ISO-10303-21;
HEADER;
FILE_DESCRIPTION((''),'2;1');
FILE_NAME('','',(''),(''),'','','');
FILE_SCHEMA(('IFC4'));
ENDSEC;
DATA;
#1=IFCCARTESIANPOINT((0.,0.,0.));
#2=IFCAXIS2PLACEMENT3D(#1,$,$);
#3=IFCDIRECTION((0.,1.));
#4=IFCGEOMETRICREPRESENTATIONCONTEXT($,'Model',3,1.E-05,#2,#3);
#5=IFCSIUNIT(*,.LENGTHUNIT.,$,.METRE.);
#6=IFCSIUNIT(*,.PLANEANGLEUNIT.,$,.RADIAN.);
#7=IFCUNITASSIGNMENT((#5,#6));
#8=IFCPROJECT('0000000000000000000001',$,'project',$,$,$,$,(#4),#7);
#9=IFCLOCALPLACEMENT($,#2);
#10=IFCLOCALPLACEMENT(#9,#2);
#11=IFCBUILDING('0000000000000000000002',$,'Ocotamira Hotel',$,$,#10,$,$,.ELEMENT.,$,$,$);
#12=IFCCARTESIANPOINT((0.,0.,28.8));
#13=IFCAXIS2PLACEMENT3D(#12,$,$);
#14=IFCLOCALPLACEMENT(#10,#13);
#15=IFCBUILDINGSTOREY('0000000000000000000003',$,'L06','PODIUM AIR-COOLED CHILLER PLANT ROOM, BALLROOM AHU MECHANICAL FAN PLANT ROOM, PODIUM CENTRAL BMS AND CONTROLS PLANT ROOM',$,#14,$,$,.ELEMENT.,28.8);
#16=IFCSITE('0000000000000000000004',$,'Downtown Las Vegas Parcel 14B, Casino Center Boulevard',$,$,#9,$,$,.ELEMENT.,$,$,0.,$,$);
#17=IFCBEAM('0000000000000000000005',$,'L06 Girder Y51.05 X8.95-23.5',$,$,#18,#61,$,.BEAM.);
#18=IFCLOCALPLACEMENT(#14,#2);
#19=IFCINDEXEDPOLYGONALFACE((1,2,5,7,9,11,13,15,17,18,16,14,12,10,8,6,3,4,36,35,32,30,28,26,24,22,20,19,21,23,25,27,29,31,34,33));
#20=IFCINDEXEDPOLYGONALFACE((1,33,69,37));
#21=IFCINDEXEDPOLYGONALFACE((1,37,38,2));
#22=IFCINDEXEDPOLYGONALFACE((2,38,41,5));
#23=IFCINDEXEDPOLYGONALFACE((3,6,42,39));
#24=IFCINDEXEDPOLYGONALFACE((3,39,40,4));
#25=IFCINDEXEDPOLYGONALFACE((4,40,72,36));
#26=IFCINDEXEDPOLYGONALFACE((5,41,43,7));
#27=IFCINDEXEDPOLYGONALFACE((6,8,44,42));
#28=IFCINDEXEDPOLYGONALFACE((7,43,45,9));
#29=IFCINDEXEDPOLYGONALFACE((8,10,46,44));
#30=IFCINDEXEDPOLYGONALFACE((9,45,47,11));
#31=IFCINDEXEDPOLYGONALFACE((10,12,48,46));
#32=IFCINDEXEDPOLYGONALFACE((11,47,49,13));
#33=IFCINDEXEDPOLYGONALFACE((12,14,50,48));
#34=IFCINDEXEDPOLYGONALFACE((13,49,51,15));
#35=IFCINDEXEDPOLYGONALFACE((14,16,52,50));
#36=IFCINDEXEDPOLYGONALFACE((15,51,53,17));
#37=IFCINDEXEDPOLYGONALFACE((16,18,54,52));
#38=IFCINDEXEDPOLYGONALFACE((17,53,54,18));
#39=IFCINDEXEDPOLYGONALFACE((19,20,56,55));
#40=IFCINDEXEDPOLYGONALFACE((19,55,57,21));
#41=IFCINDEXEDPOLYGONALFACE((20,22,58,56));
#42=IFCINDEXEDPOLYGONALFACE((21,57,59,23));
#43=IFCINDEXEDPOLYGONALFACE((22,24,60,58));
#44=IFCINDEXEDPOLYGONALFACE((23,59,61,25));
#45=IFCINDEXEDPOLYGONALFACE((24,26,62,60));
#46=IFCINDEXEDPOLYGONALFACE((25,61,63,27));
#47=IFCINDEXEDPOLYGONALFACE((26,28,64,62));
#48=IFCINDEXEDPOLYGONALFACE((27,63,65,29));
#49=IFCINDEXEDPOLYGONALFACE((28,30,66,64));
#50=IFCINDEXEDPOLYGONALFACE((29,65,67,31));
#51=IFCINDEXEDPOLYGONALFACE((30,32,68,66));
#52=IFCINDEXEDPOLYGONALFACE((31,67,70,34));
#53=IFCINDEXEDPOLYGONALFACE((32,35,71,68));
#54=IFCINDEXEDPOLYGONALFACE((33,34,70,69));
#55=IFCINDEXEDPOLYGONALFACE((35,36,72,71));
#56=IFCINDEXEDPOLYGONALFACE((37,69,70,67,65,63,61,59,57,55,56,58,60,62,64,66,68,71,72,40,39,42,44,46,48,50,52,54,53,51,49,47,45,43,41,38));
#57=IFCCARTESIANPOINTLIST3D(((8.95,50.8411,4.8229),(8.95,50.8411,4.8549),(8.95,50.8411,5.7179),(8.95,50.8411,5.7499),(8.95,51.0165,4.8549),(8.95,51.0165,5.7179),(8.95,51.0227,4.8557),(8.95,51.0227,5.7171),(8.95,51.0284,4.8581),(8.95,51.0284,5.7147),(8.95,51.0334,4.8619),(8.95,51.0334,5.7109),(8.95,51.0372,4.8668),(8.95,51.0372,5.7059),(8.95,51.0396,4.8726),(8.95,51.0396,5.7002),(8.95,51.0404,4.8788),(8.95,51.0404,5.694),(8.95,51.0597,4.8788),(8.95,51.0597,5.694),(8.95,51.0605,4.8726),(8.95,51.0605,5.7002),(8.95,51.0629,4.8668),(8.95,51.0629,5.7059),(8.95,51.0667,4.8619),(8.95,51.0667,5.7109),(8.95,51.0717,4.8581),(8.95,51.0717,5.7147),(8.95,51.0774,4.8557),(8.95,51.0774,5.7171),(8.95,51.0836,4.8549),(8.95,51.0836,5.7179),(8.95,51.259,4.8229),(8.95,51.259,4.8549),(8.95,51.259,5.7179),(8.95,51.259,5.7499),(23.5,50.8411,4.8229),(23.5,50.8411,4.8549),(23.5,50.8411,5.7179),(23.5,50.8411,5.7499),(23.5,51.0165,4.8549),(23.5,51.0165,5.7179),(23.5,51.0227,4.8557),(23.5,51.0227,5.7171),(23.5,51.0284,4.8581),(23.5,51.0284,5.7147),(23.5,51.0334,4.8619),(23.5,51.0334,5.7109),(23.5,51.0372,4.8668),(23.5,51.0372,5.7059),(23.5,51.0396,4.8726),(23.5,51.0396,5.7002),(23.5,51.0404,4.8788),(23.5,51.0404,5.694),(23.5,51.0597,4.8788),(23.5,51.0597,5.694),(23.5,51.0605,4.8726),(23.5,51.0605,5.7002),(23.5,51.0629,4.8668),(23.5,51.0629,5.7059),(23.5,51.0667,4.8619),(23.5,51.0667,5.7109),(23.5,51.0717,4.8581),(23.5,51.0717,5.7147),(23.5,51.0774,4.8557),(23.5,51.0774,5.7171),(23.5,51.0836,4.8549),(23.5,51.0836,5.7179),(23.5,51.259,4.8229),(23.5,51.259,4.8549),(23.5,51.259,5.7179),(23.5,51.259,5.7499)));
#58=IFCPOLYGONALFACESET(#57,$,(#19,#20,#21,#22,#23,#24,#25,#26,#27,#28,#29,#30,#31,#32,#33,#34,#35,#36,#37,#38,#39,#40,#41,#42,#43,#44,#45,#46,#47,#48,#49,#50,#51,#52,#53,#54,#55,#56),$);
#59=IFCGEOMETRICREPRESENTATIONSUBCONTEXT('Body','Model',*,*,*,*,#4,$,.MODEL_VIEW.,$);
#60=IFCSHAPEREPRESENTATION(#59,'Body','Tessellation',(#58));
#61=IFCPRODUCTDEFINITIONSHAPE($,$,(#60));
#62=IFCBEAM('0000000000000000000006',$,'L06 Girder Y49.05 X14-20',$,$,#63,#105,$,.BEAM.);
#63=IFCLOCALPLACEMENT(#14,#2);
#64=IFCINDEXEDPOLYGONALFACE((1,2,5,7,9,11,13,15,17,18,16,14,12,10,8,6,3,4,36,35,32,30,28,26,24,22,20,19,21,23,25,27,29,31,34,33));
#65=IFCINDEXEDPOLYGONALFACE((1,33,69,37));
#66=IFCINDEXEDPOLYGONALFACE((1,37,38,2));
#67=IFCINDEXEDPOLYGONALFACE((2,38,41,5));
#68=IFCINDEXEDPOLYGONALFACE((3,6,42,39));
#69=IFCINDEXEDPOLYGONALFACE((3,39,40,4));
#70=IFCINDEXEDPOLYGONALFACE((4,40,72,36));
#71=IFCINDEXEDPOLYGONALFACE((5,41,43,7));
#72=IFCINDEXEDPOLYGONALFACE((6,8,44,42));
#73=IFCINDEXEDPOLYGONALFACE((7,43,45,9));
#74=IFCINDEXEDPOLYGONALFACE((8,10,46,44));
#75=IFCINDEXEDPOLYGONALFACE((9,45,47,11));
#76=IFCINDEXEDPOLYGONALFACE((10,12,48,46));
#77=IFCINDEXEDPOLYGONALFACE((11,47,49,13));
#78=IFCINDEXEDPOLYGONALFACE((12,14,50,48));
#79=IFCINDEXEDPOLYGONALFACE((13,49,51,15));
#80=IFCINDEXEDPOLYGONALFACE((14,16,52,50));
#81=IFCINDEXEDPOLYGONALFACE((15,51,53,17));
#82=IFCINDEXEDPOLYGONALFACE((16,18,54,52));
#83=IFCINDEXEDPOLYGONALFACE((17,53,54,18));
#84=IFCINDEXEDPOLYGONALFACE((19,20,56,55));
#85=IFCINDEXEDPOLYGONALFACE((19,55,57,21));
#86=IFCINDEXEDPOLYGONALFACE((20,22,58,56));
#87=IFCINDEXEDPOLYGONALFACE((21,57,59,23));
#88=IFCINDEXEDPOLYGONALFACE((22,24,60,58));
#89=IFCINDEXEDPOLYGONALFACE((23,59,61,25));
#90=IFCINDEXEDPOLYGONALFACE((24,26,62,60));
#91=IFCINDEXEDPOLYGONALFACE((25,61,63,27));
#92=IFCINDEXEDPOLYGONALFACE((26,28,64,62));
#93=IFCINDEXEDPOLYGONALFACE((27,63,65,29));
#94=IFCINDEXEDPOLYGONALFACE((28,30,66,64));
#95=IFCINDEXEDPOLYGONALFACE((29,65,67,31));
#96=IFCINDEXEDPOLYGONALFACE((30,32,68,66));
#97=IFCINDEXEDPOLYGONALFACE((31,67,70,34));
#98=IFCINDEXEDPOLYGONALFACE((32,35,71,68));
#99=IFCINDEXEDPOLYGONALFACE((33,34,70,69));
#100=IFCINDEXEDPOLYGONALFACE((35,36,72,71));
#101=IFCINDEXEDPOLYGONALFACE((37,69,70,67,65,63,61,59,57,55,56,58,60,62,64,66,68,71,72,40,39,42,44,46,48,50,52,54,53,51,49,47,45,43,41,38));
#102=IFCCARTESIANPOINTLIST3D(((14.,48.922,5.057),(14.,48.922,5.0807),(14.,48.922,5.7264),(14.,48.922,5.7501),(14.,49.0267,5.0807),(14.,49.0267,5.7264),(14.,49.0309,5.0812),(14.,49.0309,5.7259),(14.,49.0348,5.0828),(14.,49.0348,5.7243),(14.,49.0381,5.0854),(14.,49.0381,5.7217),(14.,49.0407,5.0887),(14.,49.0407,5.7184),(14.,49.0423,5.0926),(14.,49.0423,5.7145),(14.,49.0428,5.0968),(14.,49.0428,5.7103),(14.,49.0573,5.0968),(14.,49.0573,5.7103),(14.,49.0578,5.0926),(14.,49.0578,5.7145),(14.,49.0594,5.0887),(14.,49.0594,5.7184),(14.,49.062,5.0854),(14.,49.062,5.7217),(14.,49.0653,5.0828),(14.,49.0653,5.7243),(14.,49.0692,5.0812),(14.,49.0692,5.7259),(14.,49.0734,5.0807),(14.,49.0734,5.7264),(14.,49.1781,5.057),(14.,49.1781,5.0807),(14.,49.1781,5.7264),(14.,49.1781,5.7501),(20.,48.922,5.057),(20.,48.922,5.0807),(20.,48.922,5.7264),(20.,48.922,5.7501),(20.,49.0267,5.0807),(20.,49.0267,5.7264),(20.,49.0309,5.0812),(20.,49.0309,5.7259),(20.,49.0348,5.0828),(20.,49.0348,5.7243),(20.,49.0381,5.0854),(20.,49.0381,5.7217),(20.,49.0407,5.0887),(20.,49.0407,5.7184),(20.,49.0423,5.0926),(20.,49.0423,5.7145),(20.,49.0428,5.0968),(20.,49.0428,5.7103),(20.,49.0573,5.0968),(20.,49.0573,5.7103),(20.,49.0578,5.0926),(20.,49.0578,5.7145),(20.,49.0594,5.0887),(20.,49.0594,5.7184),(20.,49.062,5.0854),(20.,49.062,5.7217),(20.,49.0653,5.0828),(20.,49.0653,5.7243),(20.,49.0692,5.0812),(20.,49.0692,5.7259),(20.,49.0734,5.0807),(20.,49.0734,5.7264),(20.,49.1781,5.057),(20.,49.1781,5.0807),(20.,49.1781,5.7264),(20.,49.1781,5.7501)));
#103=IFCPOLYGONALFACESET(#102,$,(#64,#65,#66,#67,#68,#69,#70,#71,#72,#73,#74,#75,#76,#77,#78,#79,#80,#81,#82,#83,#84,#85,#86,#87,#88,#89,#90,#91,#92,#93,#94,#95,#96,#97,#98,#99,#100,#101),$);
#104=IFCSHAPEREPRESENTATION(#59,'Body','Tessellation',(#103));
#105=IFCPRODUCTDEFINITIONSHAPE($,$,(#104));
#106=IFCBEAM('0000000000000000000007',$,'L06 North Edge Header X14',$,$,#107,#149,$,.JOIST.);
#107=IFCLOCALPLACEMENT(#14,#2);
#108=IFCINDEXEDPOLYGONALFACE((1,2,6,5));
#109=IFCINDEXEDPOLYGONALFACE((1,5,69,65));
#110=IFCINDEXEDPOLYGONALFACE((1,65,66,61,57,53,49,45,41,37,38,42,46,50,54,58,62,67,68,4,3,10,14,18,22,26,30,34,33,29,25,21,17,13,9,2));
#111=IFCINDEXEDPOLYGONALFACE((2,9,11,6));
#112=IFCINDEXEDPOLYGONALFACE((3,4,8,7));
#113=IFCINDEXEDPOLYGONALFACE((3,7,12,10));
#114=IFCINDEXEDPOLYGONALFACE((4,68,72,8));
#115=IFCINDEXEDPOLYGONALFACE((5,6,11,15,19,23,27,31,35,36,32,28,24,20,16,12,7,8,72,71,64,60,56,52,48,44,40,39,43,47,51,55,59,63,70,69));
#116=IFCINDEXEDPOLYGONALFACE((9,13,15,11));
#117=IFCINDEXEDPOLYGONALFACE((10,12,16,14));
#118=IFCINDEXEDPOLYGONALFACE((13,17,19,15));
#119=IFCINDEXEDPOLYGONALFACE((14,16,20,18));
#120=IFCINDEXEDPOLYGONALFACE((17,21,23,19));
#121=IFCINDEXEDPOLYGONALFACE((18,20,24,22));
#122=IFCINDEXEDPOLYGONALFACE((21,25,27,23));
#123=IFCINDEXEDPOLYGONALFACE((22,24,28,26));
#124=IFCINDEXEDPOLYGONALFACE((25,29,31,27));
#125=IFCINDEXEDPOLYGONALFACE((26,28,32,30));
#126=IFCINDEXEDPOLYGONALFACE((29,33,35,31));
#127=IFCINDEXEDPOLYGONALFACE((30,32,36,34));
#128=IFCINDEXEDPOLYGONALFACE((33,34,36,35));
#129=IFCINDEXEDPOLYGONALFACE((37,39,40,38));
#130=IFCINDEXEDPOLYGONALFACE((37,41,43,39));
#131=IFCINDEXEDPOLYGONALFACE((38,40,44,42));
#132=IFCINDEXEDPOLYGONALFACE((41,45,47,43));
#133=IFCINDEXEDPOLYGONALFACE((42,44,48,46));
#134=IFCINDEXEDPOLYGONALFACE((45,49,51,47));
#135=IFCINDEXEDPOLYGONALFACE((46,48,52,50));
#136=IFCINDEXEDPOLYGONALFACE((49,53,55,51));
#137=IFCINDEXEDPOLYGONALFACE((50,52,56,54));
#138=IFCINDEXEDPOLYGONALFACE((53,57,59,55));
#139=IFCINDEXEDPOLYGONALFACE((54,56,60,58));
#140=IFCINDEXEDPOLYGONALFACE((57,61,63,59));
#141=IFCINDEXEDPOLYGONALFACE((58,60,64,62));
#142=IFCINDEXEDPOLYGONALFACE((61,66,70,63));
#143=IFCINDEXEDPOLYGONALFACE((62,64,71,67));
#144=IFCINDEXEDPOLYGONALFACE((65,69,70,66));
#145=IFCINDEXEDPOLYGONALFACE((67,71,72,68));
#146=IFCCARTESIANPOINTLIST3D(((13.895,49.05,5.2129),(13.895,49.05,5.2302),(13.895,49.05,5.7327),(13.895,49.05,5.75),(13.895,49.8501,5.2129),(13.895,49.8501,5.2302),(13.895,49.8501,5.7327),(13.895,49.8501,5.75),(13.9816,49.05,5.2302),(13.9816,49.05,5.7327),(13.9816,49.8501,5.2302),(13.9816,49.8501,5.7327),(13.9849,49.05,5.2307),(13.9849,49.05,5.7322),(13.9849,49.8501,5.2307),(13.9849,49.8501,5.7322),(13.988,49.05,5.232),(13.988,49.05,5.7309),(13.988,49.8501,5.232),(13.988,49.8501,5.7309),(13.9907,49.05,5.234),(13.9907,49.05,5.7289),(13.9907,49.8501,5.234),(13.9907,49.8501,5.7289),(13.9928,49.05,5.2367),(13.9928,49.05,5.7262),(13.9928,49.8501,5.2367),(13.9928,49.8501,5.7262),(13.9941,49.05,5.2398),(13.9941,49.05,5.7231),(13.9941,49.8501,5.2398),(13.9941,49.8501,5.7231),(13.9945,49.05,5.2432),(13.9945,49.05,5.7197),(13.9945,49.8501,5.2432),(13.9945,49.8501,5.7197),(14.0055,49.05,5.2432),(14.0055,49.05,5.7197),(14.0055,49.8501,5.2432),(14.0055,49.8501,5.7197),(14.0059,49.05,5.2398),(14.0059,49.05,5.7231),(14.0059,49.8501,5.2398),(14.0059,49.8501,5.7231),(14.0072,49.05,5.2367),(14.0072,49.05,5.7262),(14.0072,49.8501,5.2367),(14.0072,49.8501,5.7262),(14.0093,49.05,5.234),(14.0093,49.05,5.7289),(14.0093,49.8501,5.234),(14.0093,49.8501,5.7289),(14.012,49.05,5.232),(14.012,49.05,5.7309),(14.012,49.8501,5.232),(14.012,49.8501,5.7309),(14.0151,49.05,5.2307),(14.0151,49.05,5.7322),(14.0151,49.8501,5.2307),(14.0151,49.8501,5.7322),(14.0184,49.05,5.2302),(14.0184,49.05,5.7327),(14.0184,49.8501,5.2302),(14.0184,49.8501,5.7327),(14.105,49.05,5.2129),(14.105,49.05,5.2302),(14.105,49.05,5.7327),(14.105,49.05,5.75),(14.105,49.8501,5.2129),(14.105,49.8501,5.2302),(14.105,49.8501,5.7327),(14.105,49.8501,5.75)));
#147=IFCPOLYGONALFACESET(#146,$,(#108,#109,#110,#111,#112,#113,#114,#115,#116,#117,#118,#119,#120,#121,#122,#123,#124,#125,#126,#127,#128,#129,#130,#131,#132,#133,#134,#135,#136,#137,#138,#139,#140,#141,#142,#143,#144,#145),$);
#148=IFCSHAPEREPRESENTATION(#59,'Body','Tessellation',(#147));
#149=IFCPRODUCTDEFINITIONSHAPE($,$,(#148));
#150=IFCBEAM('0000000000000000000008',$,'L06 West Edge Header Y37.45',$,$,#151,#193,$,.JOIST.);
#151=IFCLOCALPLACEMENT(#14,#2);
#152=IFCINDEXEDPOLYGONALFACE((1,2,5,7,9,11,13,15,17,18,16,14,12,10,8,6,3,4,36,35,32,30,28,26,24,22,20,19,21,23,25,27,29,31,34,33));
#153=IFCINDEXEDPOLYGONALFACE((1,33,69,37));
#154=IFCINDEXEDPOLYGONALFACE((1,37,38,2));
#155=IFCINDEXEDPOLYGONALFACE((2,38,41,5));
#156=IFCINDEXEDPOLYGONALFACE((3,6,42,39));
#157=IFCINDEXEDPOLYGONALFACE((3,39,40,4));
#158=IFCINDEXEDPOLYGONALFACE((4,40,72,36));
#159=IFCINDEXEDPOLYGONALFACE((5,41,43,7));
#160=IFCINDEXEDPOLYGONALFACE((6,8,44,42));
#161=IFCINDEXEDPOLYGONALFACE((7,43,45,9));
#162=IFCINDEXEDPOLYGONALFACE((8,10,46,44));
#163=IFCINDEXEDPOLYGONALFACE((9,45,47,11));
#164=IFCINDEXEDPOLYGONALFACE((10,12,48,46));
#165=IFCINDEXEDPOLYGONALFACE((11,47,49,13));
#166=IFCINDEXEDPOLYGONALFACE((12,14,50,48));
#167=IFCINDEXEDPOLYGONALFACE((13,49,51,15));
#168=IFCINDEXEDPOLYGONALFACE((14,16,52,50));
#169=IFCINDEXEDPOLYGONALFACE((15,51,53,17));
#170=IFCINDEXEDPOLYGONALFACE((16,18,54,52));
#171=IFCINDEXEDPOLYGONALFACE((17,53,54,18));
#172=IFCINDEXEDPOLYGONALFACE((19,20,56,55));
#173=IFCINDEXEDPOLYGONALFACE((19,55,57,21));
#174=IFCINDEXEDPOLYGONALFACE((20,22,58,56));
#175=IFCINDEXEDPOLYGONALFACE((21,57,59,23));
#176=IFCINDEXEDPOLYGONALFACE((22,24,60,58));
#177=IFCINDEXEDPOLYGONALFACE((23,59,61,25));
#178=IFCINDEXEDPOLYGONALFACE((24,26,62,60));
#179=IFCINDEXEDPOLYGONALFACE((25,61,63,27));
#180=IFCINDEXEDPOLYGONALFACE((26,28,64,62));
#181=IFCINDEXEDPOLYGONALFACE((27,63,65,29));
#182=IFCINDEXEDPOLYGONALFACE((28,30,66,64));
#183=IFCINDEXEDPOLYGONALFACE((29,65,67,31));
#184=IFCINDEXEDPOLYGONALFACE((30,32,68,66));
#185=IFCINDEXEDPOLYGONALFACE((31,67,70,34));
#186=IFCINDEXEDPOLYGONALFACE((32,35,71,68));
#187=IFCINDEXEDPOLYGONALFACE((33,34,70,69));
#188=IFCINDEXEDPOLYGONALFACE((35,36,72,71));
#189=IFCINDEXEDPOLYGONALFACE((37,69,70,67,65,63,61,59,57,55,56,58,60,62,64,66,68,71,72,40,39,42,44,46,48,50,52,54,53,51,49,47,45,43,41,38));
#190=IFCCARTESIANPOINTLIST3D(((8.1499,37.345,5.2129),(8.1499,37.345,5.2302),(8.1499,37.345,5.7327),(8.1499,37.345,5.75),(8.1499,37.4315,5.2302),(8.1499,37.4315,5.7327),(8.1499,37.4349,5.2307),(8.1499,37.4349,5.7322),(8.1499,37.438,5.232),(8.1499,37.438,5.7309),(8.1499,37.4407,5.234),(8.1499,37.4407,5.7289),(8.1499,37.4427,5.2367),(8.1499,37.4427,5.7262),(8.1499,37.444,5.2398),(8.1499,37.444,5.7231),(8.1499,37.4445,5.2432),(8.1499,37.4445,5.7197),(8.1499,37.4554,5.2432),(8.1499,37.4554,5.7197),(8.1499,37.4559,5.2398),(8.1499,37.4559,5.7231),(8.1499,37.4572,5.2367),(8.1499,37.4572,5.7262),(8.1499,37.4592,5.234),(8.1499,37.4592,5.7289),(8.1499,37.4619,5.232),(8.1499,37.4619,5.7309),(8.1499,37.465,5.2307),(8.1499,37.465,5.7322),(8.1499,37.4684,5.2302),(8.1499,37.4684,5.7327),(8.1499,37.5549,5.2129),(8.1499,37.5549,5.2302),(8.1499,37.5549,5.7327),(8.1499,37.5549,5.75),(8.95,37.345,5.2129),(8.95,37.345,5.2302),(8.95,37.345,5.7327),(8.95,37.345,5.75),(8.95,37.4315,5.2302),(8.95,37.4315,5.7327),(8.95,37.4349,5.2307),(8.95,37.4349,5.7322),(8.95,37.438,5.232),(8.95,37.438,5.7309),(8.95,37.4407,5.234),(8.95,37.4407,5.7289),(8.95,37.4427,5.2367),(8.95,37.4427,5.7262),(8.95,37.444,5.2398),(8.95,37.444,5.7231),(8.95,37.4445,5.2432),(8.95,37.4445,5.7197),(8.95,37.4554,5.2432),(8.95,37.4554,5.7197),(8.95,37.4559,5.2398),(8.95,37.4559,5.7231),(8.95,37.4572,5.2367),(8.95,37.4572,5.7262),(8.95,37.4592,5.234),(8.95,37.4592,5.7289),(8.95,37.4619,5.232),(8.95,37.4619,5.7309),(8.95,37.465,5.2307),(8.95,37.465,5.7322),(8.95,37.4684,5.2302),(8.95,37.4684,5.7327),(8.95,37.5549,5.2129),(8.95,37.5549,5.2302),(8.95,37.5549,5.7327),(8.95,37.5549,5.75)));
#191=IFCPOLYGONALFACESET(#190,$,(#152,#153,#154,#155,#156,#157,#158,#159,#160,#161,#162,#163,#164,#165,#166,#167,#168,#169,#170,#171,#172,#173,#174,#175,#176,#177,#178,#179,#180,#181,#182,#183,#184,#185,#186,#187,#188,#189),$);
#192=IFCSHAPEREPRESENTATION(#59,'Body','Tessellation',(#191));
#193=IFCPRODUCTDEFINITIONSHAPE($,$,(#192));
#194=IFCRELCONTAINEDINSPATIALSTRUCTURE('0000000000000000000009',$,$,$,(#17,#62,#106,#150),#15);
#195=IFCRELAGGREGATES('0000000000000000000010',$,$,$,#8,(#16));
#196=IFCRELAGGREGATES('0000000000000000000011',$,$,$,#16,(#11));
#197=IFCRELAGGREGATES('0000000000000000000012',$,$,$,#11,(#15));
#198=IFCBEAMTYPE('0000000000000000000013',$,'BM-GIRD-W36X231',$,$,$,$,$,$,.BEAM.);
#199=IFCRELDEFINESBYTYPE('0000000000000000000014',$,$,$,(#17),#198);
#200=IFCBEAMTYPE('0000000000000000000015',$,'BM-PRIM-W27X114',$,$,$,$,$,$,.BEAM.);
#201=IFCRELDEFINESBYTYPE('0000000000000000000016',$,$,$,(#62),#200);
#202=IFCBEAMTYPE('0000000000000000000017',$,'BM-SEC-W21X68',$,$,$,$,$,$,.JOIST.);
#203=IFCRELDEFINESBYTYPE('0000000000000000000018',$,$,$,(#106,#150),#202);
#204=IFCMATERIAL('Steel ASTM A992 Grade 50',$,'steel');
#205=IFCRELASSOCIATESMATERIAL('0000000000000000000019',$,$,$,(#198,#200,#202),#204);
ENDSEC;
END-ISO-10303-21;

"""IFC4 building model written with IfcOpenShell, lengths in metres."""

from ifc_helpers import new_model, si_unit, direction, frame, origin, origin_2d, place, context, subcontext, project, spatial, i_section, extrude, source, transform, mapped, material, material_profile, profile_set, type_object, element, save


model = new_model("IFC4")

# Units and contexts
model_context = context("Model", 3, precision=1e-05, world=origin(), true_north=direction((0.0, 1.0)))
body_context = subcontext(model_context, "Body", "Model", "MODEL_VIEW")
ifc_project = project(units=[si_unit("LENGTHUNIT", "METRE"), si_unit("PLANEANGLEUNIT", "RADIAN")], contexts=[model_context])

# Site, building, storey
site_placement = place(None, origin())
site = spatial("IfcSite", under=ifc_project, at=site_placement, Name="Downtown Las Vegas Parcel 14B, Casino Center Boulevard", CompositionType="ELEMENT", RefElevation=0.0)
building_placement = place(site_placement, origin())
building = spatial("IfcBuilding", under=site, at=building_placement, Name="Ocotamira Hotel", CompositionType="ELEMENT")
storey_placement = place(building_placement, frame((0.0, 0.0, 28.8)))
storey = spatial("IfcBuildingStorey", under=building, at=storey_placement, Name="L06", Description="PODIUM AIR-COOLED CHILLER PLANT ROOM, BALLROOM AHU MECHANICAL FAN PLANT ROOM, PODIUM CENTRAL BMS AND CONTROLS PLANT ROOM", CompositionType="ELEMENT", Elevation=28.8)

# Beams
ifc_material_1 = material(Name="Steel ASTM A992 Grade 50", Category="steel")
ifc_material_profile_1 = material_profile(ifc_material_1, i_section(OverallWidth=0.418, OverallDepth=0.927, WebThickness=0.0193, FlangeThickness=0.032, FilletRadius=0.0239, at=origin_2d()), Name="W36X231")
ifc_profile_set_1 = profile_set([ifc_material_profile_1], Name="Steel ASTM A992 Grade 50")
beam_type_1 = type_object("IfcBeamType", Name="BM-GIRD-W36X231", PredefinedType="BEAM", material=ifc_profile_set_1)
shared_shape_1 = source(origin(), body_context, "Body", "SweptSolid", [
    extrude(i_section(OverallWidth=0.418, OverallDepth=0.927, WebThickness=0.0193, FlangeThickness=0.032, FilletRadius=0.0239, at=origin_2d()), origin(), (0.0, 0.0, 1.0), 14.55),
])
for number, where, z_axis, x_axis, name in (
    (1, (8.95, 51.05, 5.2864), (1.0, 0.0, 0.0), (0.0, 1.0, 0.0), "L06 Girder Y51.05 X8.95-23.5"),
):
    element("IfcBeam", number, at=place(storey_placement, frame(where, z_axis=z_axis, x_axis=x_axis)), inside=storey, type_object=beam_type_1, Name=name, PredefinedType="BEAM", context=body_context, shape_type="MappedRepresentation", body=[
        mapped(shared_shape_1, transform((0.0, 0.0, 0.0), scale=1.0)),
    ])
ifc_material_profile_2 = material_profile(ifc_material_1, i_section(OverallWidth=0.2561, OverallDepth=0.6931, WebThickness=0.0144, FlangeThickness=0.0237, FilletRadius=0.0161, at=origin_2d()), Name="W27X114")
ifc_profile_set_2 = profile_set([ifc_material_profile_2], Name="Steel ASTM A992 Grade 50")
beam_type_2 = type_object("IfcBeamType", Name="BM-PRIM-W27X114", PredefinedType="BEAM", material=ifc_profile_set_2)
shared_shape_2 = source(origin(), body_context, "Body", "SweptSolid", [
    extrude(i_section(OverallWidth=0.2561, OverallDepth=0.6931, WebThickness=0.0144, FlangeThickness=0.0237, FilletRadius=0.0161, at=origin_2d()), origin(), (0.0, 0.0, 1.0), 6.0),
])
beam_1_placement = place(storey_placement, frame((14.0, 49.05, 5.4036), z_axis=(1.0, 0.0, 0.0), x_axis=(0.0, 1.0, 0.0)))
element("IfcBeam", 2, at=beam_1_placement, inside=storey, type_object=beam_type_2, Name="L06 Girder Y49.05 X14-20", PredefinedType="BEAM", context=body_context, shape_type="MappedRepresentation", body=[
    mapped(shared_shape_2, transform((0.0, 0.0, 0.0), scale=1.0)),
])
ifc_material_profile_3 = material_profile(ifc_material_1, i_section(OverallWidth=0.21, OverallDepth=0.5371, WebThickness=0.011, FlangeThickness=0.0173, FilletRadius=0.0129, at=origin_2d()), Name="W21X68")
ifc_profile_set_3 = profile_set([ifc_material_profile_3], Name="Steel ASTM A992 Grade 50")
beam_type_3 = type_object("IfcBeamType", Name="BM-SEC-W21X68", PredefinedType="JOIST", material=ifc_profile_set_3)
shared_shape_3 = source(origin(), body_context, "Body", "SweptSolid", [
    extrude(i_section(OverallWidth=0.21, OverallDepth=0.5371, WebThickness=0.011, FlangeThickness=0.0173, FilletRadius=0.0129, at=origin_2d()), origin(), (0.0, 0.0, 1.0), 0.8),
])
for number, where, z_axis, x_axis, name in (
    (3, (14.0, 49.05, 5.4814), (0.0, 1.0, 0.0), (-1.0, 0.0, 0.0), "L06 North Edge Header X14"),
    (4, (8.95, 37.45, 5.4814), (-1.0, 0.0, 0.0), (0.0, -1.0, 0.0), "L06 West Edge Header Y37.45"),
):
    element("IfcBeam", number, at=place(storey_placement, frame(where, z_axis=z_axis, x_axis=x_axis)), inside=storey, type_object=beam_type_3, Name=name, PredefinedType="JOIST", context=body_context, shape_type="MappedRepresentation", body=[
        mapped(shared_shape_3, transform((0.0, 0.0, 0.0), scale=1.0)),
    ])

save(model, "model.ifc")
